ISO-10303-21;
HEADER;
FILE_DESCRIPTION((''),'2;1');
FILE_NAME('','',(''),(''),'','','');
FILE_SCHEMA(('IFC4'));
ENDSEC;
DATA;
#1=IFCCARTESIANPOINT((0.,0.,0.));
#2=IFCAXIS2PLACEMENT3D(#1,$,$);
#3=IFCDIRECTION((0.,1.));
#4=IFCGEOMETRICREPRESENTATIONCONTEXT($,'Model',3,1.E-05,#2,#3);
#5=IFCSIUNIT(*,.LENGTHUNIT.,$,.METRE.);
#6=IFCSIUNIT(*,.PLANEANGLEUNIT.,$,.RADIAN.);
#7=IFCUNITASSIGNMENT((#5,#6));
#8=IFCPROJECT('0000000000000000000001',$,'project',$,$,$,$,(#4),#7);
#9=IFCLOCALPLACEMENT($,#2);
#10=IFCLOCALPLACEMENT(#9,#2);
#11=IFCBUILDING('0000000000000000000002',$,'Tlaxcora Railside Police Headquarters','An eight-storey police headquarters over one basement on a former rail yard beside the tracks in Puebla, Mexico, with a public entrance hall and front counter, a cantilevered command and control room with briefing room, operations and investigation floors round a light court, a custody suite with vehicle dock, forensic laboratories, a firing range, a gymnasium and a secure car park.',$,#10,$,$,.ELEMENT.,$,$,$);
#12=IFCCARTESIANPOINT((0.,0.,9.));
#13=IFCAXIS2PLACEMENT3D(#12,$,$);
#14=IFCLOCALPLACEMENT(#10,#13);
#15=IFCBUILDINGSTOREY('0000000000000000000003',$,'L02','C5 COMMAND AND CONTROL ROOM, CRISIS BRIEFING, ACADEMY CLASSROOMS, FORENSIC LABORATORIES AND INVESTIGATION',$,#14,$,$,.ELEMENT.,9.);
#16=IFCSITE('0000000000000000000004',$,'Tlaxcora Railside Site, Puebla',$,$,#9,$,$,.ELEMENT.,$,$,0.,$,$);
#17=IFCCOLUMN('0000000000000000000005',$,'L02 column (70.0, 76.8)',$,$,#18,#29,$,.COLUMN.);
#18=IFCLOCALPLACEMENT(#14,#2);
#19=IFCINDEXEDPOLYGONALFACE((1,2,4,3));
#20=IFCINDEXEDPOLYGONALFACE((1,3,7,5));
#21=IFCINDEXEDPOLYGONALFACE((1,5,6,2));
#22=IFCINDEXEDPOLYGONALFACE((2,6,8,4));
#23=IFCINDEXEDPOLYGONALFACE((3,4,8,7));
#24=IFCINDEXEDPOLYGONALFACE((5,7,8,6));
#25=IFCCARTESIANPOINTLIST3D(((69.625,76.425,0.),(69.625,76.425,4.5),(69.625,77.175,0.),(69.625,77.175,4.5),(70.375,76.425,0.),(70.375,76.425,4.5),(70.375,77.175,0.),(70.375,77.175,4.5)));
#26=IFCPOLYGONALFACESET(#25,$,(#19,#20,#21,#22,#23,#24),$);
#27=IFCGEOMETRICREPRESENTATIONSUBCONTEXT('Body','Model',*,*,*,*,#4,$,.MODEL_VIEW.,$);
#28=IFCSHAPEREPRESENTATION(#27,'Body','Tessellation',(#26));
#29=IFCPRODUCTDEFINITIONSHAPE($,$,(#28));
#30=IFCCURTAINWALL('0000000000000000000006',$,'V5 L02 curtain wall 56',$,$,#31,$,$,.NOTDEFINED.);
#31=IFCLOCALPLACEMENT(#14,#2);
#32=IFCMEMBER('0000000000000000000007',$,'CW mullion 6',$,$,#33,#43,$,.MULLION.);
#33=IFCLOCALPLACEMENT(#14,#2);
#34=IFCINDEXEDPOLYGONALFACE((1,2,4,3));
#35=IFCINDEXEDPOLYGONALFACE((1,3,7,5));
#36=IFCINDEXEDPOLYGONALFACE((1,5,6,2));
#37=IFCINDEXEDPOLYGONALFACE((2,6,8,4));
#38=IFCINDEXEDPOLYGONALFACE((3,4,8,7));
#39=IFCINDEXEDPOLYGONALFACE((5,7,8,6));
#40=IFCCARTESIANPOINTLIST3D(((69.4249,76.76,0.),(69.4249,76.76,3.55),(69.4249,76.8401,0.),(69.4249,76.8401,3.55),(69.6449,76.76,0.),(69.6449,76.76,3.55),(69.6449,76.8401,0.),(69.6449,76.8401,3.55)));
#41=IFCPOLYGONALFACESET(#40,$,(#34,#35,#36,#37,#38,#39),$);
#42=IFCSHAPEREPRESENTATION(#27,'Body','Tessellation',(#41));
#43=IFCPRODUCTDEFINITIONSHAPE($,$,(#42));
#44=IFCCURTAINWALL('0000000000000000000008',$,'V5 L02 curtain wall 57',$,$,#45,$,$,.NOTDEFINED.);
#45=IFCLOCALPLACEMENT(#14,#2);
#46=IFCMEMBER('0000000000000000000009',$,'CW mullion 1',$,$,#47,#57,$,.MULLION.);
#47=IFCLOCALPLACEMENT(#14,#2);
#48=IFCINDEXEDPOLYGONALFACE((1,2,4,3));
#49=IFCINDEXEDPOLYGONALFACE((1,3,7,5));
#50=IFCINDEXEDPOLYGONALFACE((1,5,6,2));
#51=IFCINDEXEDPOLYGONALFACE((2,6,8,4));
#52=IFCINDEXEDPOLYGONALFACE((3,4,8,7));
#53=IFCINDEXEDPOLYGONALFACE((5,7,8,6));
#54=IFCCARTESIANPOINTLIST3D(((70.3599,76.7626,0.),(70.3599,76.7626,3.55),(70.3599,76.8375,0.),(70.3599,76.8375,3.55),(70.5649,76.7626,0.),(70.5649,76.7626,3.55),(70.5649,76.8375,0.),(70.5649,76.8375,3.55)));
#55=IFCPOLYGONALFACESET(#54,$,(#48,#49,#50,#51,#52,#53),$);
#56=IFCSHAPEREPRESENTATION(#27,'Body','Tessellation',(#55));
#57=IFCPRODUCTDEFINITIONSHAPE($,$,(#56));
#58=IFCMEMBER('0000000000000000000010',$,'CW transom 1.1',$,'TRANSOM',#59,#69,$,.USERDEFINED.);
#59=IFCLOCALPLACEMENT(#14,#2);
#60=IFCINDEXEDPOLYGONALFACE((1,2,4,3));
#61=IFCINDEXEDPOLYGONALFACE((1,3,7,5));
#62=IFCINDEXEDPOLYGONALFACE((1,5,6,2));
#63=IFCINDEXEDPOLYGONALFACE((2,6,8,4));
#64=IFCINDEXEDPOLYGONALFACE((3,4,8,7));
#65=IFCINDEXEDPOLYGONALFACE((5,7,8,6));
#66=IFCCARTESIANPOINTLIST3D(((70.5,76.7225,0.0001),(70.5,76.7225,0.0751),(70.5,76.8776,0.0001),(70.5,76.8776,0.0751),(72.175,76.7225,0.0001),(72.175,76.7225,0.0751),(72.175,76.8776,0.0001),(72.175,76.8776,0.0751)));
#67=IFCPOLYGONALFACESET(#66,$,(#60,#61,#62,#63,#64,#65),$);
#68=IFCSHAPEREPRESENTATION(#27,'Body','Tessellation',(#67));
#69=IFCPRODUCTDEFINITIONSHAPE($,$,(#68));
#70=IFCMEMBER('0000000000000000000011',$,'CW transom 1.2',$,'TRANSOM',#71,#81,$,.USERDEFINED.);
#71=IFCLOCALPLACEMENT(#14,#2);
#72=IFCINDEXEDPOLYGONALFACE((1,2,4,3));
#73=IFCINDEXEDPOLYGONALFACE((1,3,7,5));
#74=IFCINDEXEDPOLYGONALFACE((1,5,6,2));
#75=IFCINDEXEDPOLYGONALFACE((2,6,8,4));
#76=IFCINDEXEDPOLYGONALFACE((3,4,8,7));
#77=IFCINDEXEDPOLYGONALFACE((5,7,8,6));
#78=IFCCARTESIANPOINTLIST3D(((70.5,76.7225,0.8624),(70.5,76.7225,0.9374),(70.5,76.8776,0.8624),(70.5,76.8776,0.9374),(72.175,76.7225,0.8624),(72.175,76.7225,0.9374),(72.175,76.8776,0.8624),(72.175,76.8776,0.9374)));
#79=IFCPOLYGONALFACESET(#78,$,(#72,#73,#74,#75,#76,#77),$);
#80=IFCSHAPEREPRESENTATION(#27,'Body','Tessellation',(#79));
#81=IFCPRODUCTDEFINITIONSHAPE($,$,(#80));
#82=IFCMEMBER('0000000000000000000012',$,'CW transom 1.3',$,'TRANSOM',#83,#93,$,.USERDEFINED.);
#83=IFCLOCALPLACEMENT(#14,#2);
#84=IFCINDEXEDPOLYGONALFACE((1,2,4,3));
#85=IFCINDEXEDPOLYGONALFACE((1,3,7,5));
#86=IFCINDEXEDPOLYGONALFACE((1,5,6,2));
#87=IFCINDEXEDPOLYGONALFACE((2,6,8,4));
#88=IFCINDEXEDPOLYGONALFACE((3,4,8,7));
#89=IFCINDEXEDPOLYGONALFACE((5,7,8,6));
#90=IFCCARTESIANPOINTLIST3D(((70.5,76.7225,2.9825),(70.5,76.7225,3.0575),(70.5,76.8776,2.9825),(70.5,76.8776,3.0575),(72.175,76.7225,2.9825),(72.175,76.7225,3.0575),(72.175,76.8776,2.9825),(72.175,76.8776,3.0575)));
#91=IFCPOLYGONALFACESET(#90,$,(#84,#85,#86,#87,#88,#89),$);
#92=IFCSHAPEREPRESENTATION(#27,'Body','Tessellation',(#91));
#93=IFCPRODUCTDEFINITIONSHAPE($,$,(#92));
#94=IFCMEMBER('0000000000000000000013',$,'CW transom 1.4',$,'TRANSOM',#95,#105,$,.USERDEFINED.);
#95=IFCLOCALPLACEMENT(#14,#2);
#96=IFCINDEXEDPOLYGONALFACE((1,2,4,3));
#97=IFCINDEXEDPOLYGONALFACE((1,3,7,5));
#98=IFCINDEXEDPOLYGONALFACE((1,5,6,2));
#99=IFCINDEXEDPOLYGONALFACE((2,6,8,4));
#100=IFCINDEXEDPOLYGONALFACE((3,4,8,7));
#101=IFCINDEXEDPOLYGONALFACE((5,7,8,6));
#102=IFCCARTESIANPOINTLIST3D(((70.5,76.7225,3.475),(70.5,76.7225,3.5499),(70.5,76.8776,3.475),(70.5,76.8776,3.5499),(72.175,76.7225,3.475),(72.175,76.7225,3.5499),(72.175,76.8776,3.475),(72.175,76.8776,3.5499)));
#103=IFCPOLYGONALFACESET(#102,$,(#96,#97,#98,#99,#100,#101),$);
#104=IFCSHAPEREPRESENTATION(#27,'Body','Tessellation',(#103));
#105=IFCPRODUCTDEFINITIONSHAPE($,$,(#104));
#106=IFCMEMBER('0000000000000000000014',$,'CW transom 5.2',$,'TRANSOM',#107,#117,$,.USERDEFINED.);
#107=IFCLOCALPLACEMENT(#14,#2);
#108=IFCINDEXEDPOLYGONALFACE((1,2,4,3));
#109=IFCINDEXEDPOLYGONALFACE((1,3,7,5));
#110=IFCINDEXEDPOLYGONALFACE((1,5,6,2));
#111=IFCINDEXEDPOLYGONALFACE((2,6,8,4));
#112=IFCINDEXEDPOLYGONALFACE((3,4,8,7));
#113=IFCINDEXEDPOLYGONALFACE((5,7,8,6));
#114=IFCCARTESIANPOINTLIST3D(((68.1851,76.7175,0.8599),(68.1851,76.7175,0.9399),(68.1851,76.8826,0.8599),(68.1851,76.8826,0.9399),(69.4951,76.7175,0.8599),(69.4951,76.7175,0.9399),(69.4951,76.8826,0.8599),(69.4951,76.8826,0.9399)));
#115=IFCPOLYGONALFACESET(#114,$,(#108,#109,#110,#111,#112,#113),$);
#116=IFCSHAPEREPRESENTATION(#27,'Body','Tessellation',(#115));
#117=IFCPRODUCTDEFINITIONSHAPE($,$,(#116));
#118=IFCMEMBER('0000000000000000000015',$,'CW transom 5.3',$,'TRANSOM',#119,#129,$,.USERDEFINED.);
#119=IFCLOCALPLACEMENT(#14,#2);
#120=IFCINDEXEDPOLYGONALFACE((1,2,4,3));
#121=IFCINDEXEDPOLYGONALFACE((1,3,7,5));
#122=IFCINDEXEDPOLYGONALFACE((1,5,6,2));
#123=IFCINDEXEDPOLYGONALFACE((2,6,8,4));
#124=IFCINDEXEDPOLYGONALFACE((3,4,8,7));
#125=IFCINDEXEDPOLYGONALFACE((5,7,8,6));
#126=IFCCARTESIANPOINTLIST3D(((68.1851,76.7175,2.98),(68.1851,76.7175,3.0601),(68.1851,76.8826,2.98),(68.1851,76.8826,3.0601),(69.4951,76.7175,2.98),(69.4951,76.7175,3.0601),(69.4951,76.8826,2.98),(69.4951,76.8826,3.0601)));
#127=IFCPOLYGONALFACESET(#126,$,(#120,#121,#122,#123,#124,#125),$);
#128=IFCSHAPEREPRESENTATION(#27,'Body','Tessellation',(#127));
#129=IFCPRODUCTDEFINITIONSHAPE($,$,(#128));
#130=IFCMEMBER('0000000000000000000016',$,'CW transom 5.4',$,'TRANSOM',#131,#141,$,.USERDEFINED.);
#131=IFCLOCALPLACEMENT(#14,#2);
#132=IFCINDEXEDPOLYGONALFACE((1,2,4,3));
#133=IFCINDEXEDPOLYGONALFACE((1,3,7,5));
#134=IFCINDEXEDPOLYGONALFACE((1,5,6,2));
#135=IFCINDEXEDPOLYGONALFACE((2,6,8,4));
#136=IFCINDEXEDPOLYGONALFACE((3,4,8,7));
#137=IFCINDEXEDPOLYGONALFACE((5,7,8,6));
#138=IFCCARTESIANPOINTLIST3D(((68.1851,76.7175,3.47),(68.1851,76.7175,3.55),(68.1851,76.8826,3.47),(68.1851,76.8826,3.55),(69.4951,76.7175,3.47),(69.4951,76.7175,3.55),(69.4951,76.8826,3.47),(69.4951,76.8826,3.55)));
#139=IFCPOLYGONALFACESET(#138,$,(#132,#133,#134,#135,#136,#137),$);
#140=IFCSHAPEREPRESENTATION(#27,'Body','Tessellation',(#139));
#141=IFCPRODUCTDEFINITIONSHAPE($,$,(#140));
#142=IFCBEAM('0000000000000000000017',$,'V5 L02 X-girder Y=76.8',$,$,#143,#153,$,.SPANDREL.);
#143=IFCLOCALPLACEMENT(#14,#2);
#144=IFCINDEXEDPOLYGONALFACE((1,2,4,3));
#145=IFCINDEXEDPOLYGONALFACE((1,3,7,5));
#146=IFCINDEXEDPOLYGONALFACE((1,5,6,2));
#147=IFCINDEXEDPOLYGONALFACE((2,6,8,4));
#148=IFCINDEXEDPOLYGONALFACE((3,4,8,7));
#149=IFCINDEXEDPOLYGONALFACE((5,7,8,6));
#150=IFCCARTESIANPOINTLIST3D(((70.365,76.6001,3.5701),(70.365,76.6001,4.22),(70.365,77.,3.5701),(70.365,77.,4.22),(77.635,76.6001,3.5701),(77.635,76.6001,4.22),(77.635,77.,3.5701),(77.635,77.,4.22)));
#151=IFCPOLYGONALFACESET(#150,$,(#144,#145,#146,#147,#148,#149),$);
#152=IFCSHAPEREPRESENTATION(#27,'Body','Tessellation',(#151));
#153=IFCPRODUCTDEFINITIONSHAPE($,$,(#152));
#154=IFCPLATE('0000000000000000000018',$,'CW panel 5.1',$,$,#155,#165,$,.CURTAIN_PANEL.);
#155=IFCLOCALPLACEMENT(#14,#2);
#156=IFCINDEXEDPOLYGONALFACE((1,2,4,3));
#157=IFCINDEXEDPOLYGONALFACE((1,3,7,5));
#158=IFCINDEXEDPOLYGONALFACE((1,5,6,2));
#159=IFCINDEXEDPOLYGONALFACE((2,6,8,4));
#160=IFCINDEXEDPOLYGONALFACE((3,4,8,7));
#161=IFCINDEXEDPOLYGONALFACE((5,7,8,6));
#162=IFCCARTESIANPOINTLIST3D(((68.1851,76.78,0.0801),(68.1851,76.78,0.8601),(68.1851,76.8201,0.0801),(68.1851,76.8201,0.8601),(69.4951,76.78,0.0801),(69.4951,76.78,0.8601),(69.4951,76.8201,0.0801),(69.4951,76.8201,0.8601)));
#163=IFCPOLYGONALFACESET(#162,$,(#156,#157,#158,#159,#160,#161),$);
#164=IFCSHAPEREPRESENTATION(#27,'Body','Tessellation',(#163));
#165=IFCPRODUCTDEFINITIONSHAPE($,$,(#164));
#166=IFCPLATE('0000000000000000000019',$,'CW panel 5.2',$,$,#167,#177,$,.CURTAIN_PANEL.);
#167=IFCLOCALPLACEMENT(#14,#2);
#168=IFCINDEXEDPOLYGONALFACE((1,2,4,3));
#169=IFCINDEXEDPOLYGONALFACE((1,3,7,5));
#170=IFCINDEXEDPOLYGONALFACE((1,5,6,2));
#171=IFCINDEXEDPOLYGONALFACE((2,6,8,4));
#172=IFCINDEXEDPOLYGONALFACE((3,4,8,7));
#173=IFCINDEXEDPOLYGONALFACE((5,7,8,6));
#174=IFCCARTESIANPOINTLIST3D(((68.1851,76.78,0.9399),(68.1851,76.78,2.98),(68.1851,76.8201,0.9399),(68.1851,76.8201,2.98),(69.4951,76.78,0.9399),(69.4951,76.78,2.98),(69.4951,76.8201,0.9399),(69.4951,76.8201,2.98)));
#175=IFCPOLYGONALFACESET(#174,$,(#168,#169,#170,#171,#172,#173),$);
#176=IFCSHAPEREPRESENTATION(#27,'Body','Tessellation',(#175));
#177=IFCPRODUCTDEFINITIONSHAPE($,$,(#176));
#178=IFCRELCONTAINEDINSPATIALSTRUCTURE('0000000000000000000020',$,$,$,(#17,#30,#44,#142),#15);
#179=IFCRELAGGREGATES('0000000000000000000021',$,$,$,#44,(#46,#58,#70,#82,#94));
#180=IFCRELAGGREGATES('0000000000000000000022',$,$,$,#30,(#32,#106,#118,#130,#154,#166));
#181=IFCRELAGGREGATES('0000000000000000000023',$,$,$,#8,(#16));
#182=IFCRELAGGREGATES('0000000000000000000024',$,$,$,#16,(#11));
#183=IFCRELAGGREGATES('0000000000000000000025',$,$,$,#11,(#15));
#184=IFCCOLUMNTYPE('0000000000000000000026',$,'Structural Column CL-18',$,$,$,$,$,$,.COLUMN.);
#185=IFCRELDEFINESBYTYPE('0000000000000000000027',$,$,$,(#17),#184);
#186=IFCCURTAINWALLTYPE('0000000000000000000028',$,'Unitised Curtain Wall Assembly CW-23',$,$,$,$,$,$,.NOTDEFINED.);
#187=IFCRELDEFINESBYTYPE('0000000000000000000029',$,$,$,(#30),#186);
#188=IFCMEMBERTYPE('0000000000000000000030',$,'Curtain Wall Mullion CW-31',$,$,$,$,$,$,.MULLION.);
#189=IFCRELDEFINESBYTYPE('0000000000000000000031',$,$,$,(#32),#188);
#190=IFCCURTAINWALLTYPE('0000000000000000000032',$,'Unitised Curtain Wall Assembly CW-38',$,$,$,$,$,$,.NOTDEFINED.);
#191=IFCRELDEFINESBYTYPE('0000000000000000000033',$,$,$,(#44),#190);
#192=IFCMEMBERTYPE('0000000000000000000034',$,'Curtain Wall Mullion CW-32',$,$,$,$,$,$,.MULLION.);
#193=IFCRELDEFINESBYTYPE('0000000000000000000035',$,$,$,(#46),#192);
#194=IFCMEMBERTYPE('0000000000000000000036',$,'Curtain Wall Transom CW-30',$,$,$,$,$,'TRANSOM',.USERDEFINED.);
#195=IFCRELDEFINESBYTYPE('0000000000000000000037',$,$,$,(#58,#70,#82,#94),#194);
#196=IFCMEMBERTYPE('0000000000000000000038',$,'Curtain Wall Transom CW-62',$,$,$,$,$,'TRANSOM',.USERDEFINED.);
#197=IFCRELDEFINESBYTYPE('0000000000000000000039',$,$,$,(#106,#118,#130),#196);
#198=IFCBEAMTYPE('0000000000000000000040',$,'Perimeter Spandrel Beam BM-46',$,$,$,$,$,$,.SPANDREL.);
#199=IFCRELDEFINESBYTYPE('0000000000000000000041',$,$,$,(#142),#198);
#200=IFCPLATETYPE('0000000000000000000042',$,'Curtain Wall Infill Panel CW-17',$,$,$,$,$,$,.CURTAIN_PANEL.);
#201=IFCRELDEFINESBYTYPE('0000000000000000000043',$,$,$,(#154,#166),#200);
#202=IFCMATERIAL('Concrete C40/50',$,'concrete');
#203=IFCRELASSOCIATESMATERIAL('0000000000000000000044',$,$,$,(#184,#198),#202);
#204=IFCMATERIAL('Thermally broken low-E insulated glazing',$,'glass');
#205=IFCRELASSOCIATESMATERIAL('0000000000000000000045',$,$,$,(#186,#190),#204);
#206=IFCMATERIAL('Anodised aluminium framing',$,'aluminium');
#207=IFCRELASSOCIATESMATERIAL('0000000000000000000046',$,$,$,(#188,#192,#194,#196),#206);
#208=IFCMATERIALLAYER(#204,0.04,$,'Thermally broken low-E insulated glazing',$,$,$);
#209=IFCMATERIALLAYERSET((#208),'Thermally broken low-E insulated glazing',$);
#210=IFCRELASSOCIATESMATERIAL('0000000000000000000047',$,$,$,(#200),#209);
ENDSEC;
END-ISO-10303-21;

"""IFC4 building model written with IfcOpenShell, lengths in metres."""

from ifc_helpers import new_model, si_unit, direction, frame, origin, origin_2d, place, context, subcontext, project, spatial, rectangle, extrude, material, layer, layer_set, material_profile, profile_set, type_object, element, aggregate, save


model = new_model("IFC4")

# Units and contexts
model_context = context("Model", 3, precision=1e-05, world=origin(), true_north=direction((0.0, 1.0)))
body_context = subcontext(model_context, "Body", "Model", "MODEL_VIEW")
ifc_project = project(units=[si_unit("LENGTHUNIT", "METRE"), si_unit("PLANEANGLEUNIT", "RADIAN")], contexts=[model_context])

# Site, building, storey
site_placement = place(None, origin())
site = spatial("IfcSite", under=ifc_project, at=site_placement, Name="Tlaxcora Railside Site, Puebla", CompositionType="ELEMENT", RefElevation=0.0)
building_placement = place(site_placement, origin())
building = spatial("IfcBuilding", under=site, at=building_placement, Name="Tlaxcora Railside Police Headquarters", Description="An eight-storey police headquarters over one basement on a former rail yard beside the tracks in Puebla, Mexico, with a public entrance hall and front counter, a cantilevered command and control room with briefing room, operations and investigation floors round a light court, a custody suite with vehicle dock, forensic laboratories, a firing range, a gymnasium and a secure car park.", CompositionType="ELEMENT")
storey_placement = place(building_placement, frame((0.0, 0.0, 9.0)))
storey = spatial("IfcBuildingStorey", under=building, at=storey_placement, Name="L02", Description="C5 COMMAND AND CONTROL ROOM, CRISIS BRIEFING, ACADEMY CLASSROOMS, FORENSIC LABORATORIES AND INVESTIGATION", CompositionType="ELEMENT", Elevation=9.0)

# Column
ifc_material_1 = material(Name="Concrete C40/50", Category="concrete")
ifc_material_profile_1 = material_profile(ifc_material_1, rectangle(XDim=0.75, YDim=0.75, at=origin_2d()), Name="RC750X750")
ifc_profile_set_1 = profile_set([ifc_material_profile_1], Name="Concrete C40/50")
column_type = type_object("IfcColumnType", Name="Structural Column CL-18", PredefinedType="COLUMN", material=ifc_profile_set_1)
column_placement = place(storey_placement, frame((70.0, 76.8, 0.0), z_axis=(0.0, 0.0, 1.0), x_axis=(1.0, 0.0, 0.0)))
element("IfcColumn", 1, at=column_placement, inside=storey, type_object=column_type, Name="L02 column (70.0, 76.8)", PredefinedType="COLUMN", context=body_context, shape_type="SweptSolid", body=[
    extrude(rectangle(XDim=0.75, YDim=0.75, at=origin_2d()), origin(), (0.0, 0.0, 1.0), 4.5),
])

# Curtain wall, member
ifc_material_2 = material(Name="Thermally broken low-E insulated glazing", Category="glass")
curtain_wall_type_1 = type_object("IfcCurtainWallType", Name="Unitised Curtain Wall Assembly CW-23", PredefinedType="NOTDEFINED", material=ifc_material_2)
curtain_wall_1_placement = place(storey_placement, origin())
curtain_wall_1 = element("IfcCurtainWall", 2, at=curtain_wall_1_placement, inside=storey, type_object=curtain_wall_type_1, Name="V5 L02 curtain wall 56", PredefinedType="NOTDEFINED")
ifc_material_3 = material(Name="Anodised aluminium framing", Category="aluminium")
ifc_material_profile_2 = material_profile(ifc_material_3, rectangle(XDim=0.0801, YDim=0.22, at=origin_2d()), Name="AL80X220")
ifc_profile_set_2 = profile_set([ifc_material_profile_2], Name="Anodised aluminium framing")
member_type_1 = type_object("IfcMemberType", Name="Curtain Wall Mullion CW-31", PredefinedType="MULLION", material=ifc_profile_set_2)
member_1_placement = place(storey_placement, frame((69.5349, 76.8, 0.0), z_axis=(0.0, 0.0, 1.0), x_axis=(0.0, 1.0, 0.0)))
member_1 = element("IfcMember", 3, at=member_1_placement, type_object=member_type_1, Name="CW mullion 6", PredefinedType="MULLION", context=body_context, shape_type="SweptSolid", body=[
    extrude(rectangle(XDim=0.0801, YDim=0.22, at=origin_2d()), origin(), (0.0, 0.0, 1.0), 3.55),
])

# Curtain wall, members
curtain_wall_type_2 = type_object("IfcCurtainWallType", Name="Unitised Curtain Wall Assembly CW-38", PredefinedType="NOTDEFINED", material=ifc_material_2)
curtain_wall_2_placement = place(storey_placement, origin())
curtain_wall_2 = element("IfcCurtainWall", 4, at=curtain_wall_2_placement, inside=storey, type_object=curtain_wall_type_2, Name="V5 L02 curtain wall 57", PredefinedType="NOTDEFINED")
ifc_material_profile_3 = material_profile(ifc_material_3, rectangle(XDim=0.075, YDim=0.2051, at=origin_2d()), Name="AL75X205")
ifc_profile_set_3 = profile_set([ifc_material_profile_3], Name="Anodised aluminium framing")
member_type_2 = type_object("IfcMemberType", Name="Curtain Wall Mullion CW-32", PredefinedType="MULLION", material=ifc_profile_set_3)
member_2_placement = place(storey_placement, frame((70.4624, 76.8, 0.0), z_axis=(0.0, 0.0, 1.0), x_axis=(0.0, 1.0, 0.0)))
member_2 = element("IfcMember", 5, at=member_2_placement, type_object=member_type_2, Name="CW mullion 1", PredefinedType="MULLION", context=body_context, shape_type="SweptSolid", body=[
    extrude(rectangle(XDim=0.075, YDim=0.2051, at=origin_2d()), origin(), (0.0, 0.0, 1.0), 3.55),
])
ifc_material_profile_4 = material_profile(ifc_material_3, rectangle(XDim=0.155, YDim=0.075, at=origin_2d()), Name="AL75X155")
ifc_profile_set_4 = profile_set([ifc_material_profile_4], Name="Anodised aluminium framing")
member_type_3 = type_object("IfcMemberType", Name="Curtain Wall Transom CW-30", ElementType="TRANSOM", PredefinedType="USERDEFINED", material=ifc_profile_set_4)
member_3_placement = place(storey_placement, frame((70.5, 76.8, 0.0376), z_axis=(1.0, 0.0, 0.0), x_axis=(0.0, 1.0, 0.0)))
member_3 = element("IfcMember", 6, at=member_3_placement, type_object=member_type_3, Name="CW transom 1.1", ObjectType="TRANSOM", PredefinedType="USERDEFINED", context=body_context, shape_type="SweptSolid", body=[
    extrude(rectangle(XDim=0.155, YDim=0.075, at=origin_2d()), origin(), (0.0, 0.0, 1.0), 1.675),
])
member_4_placement = place(storey_placement, frame((70.5, 76.8, 0.8999), z_axis=(1.0, 0.0, 0.0), x_axis=(0.0, 1.0, 0.0)))
member_4 = element("IfcMember", 7, at=member_4_placement, type_object=member_type_3, Name="CW transom 1.2", ObjectType="TRANSOM", PredefinedType="USERDEFINED", context=body_context, shape_type="SweptSolid", body=[
    extrude(rectangle(XDim=0.155, YDim=0.075, at=origin_2d()), origin(), (0.0, 0.0, 1.0), 1.675),
])
member_5_placement = place(storey_placement, frame((70.5, 76.8, 3.02), z_axis=(1.0, 0.0, 0.0), x_axis=(0.0, 1.0, 0.0)))
member_5 = element("IfcMember", 8, at=member_5_placement, type_object=member_type_3, Name="CW transom 1.3", ObjectType="TRANSOM", PredefinedType="USERDEFINED", context=body_context, shape_type="SweptSolid", body=[
    extrude(rectangle(XDim=0.155, YDim=0.075, at=origin_2d()), origin(), (0.0, 0.0, 1.0), 1.675),
])
member_6_placement = place(storey_placement, frame((70.5, 76.8, 3.5125), z_axis=(1.0, 0.0, 0.0), x_axis=(0.0, 1.0, 0.0)))
member_6 = element("IfcMember", 9, at=member_6_placement, type_object=member_type_3, Name="CW transom 1.4", ObjectType="TRANSOM", PredefinedType="USERDEFINED", context=body_context, shape_type="SweptSolid", body=[
    extrude(rectangle(XDim=0.155, YDim=0.075, at=origin_2d()), origin(), (0.0, 0.0, 1.0), 1.675),
])
aggregate(curtain_wall_2, [member_2, member_3, member_4, member_5, member_6])

# Members
ifc_material_profile_5 = material_profile(ifc_material_3, rectangle(XDim=0.165, YDim=0.0801, at=origin_2d()), Name="AL80X165")
ifc_profile_set_5 = profile_set([ifc_material_profile_5], Name="Anodised aluminium framing")
member_type_4 = type_object("IfcMemberType", Name="Curtain Wall Transom CW-62", ElementType="TRANSOM", PredefinedType="USERDEFINED", material=ifc_profile_set_5)
member_7_placement = place(storey_placement, frame((68.1851, 76.8, 0.8999), z_axis=(1.0, 0.0, 0.0), x_axis=(0.0, 1.0, 0.0)))
member_7 = element("IfcMember", 10, at=member_7_placement, type_object=member_type_4, Name="CW transom 5.2", ObjectType="TRANSOM", PredefinedType="USERDEFINED", context=body_context, shape_type="SweptSolid", body=[
    extrude(rectangle(XDim=0.165, YDim=0.0801, at=origin_2d()), origin(), (0.0, 0.0, 1.0), 1.3101),
])
member_8_placement = place(storey_placement, frame((68.1851, 76.8, 3.02), z_axis=(1.0, 0.0, 0.0), x_axis=(0.0, 1.0, 0.0)))
member_8 = element("IfcMember", 11, at=member_8_placement, type_object=member_type_4, Name="CW transom 5.3", ObjectType="TRANSOM", PredefinedType="USERDEFINED", context=body_context, shape_type="SweptSolid", body=[
    extrude(rectangle(XDim=0.165, YDim=0.0801, at=origin_2d()), origin(), (0.0, 0.0, 1.0), 1.3101),
])
member_9_placement = place(storey_placement, frame((68.1851, 76.8, 3.51), z_axis=(1.0, 0.0, 0.0), x_axis=(0.0, 1.0, 0.0)))
member_9 = element("IfcMember", 12, at=member_9_placement, type_object=member_type_4, Name="CW transom 5.4", ObjectType="TRANSOM", PredefinedType="USERDEFINED", context=body_context, shape_type="SweptSolid", body=[
    extrude(rectangle(XDim=0.165, YDim=0.0801, at=origin_2d()), origin(), (0.0, 0.0, 1.0), 1.3101),
])

# Beam
ifc_material_profile_6 = material_profile(ifc_material_1, rectangle(XDim=0.3999, YDim=0.6499, at=origin_2d()), Name="RC400X650")
ifc_profile_set_6 = profile_set([ifc_material_profile_6], Name="Concrete C40/50")
beam_type = type_object("IfcBeamType", Name="Perimeter Spandrel Beam BM-46", PredefinedType="SPANDREL", material=ifc_profile_set_6)
beam_placement = place(storey_placement, frame((70.365, 76.8, 3.895), z_axis=(1.0, 0.0, 0.0), x_axis=(0.0, 1.0, 0.0)))
element("IfcBeam", 13, at=beam_placement, inside=storey, type_object=beam_type, Name="V5 L02 X-girder Y=76.8", PredefinedType="SPANDREL", context=body_context, shape_type="SweptSolid", body=[
    extrude(rectangle(XDim=0.3999, YDim=0.6499, at=origin_2d()), origin(), (0.0, 0.0, 1.0), 7.27),
])

# Plates
ifc_layer_1 = layer(ifc_material_2, 0.04, Name="Thermally broken low-E insulated glazing")
ifc_layer_set_1 = layer_set([ifc_layer_1], Name="Thermally broken low-E insulated glazing")
plate_type = type_object("IfcPlateType", Name="Curtain Wall Infill Panel CW-17", PredefinedType="CURTAIN_PANEL", material=ifc_layer_set_1)
plate_1_placement = place(storey_placement, frame((68.8401, 76.8, 0.0801), z_axis=(0.0, 0.0, 1.0), x_axis=(1.0, 0.0, 0.0)))
plate_1 = element("IfcPlate", 14, at=plate_1_placement, type_object=plate_type, Name="CW panel 5.1", PredefinedType="CURTAIN_PANEL", context=body_context, shape_type="SweptSolid", body=[
    extrude(rectangle(XDim=1.3101, YDim=0.04, at=origin_2d()), origin(), (0.0, 0.0, 1.0), 0.78),
])
plate_2_placement = place(storey_placement, frame((68.8401, 76.8, 0.9399), z_axis=(0.0, 0.0, 1.0), x_axis=(1.0, 0.0, 0.0)))
plate_2 = element("IfcPlate", 15, at=plate_2_placement, type_object=plate_type, Name="CW panel 5.2", PredefinedType="CURTAIN_PANEL", context=body_context, shape_type="SweptSolid", body=[
    extrude(rectangle(XDim=1.3101, YDim=0.04, at=origin_2d()), origin(), (0.0, 0.0, 1.0), 2.04),
])
aggregate(curtain_wall_1, [member_1, member_7, member_8, member_9, plate_1, plate_2])

save(model, "model.ifc")
